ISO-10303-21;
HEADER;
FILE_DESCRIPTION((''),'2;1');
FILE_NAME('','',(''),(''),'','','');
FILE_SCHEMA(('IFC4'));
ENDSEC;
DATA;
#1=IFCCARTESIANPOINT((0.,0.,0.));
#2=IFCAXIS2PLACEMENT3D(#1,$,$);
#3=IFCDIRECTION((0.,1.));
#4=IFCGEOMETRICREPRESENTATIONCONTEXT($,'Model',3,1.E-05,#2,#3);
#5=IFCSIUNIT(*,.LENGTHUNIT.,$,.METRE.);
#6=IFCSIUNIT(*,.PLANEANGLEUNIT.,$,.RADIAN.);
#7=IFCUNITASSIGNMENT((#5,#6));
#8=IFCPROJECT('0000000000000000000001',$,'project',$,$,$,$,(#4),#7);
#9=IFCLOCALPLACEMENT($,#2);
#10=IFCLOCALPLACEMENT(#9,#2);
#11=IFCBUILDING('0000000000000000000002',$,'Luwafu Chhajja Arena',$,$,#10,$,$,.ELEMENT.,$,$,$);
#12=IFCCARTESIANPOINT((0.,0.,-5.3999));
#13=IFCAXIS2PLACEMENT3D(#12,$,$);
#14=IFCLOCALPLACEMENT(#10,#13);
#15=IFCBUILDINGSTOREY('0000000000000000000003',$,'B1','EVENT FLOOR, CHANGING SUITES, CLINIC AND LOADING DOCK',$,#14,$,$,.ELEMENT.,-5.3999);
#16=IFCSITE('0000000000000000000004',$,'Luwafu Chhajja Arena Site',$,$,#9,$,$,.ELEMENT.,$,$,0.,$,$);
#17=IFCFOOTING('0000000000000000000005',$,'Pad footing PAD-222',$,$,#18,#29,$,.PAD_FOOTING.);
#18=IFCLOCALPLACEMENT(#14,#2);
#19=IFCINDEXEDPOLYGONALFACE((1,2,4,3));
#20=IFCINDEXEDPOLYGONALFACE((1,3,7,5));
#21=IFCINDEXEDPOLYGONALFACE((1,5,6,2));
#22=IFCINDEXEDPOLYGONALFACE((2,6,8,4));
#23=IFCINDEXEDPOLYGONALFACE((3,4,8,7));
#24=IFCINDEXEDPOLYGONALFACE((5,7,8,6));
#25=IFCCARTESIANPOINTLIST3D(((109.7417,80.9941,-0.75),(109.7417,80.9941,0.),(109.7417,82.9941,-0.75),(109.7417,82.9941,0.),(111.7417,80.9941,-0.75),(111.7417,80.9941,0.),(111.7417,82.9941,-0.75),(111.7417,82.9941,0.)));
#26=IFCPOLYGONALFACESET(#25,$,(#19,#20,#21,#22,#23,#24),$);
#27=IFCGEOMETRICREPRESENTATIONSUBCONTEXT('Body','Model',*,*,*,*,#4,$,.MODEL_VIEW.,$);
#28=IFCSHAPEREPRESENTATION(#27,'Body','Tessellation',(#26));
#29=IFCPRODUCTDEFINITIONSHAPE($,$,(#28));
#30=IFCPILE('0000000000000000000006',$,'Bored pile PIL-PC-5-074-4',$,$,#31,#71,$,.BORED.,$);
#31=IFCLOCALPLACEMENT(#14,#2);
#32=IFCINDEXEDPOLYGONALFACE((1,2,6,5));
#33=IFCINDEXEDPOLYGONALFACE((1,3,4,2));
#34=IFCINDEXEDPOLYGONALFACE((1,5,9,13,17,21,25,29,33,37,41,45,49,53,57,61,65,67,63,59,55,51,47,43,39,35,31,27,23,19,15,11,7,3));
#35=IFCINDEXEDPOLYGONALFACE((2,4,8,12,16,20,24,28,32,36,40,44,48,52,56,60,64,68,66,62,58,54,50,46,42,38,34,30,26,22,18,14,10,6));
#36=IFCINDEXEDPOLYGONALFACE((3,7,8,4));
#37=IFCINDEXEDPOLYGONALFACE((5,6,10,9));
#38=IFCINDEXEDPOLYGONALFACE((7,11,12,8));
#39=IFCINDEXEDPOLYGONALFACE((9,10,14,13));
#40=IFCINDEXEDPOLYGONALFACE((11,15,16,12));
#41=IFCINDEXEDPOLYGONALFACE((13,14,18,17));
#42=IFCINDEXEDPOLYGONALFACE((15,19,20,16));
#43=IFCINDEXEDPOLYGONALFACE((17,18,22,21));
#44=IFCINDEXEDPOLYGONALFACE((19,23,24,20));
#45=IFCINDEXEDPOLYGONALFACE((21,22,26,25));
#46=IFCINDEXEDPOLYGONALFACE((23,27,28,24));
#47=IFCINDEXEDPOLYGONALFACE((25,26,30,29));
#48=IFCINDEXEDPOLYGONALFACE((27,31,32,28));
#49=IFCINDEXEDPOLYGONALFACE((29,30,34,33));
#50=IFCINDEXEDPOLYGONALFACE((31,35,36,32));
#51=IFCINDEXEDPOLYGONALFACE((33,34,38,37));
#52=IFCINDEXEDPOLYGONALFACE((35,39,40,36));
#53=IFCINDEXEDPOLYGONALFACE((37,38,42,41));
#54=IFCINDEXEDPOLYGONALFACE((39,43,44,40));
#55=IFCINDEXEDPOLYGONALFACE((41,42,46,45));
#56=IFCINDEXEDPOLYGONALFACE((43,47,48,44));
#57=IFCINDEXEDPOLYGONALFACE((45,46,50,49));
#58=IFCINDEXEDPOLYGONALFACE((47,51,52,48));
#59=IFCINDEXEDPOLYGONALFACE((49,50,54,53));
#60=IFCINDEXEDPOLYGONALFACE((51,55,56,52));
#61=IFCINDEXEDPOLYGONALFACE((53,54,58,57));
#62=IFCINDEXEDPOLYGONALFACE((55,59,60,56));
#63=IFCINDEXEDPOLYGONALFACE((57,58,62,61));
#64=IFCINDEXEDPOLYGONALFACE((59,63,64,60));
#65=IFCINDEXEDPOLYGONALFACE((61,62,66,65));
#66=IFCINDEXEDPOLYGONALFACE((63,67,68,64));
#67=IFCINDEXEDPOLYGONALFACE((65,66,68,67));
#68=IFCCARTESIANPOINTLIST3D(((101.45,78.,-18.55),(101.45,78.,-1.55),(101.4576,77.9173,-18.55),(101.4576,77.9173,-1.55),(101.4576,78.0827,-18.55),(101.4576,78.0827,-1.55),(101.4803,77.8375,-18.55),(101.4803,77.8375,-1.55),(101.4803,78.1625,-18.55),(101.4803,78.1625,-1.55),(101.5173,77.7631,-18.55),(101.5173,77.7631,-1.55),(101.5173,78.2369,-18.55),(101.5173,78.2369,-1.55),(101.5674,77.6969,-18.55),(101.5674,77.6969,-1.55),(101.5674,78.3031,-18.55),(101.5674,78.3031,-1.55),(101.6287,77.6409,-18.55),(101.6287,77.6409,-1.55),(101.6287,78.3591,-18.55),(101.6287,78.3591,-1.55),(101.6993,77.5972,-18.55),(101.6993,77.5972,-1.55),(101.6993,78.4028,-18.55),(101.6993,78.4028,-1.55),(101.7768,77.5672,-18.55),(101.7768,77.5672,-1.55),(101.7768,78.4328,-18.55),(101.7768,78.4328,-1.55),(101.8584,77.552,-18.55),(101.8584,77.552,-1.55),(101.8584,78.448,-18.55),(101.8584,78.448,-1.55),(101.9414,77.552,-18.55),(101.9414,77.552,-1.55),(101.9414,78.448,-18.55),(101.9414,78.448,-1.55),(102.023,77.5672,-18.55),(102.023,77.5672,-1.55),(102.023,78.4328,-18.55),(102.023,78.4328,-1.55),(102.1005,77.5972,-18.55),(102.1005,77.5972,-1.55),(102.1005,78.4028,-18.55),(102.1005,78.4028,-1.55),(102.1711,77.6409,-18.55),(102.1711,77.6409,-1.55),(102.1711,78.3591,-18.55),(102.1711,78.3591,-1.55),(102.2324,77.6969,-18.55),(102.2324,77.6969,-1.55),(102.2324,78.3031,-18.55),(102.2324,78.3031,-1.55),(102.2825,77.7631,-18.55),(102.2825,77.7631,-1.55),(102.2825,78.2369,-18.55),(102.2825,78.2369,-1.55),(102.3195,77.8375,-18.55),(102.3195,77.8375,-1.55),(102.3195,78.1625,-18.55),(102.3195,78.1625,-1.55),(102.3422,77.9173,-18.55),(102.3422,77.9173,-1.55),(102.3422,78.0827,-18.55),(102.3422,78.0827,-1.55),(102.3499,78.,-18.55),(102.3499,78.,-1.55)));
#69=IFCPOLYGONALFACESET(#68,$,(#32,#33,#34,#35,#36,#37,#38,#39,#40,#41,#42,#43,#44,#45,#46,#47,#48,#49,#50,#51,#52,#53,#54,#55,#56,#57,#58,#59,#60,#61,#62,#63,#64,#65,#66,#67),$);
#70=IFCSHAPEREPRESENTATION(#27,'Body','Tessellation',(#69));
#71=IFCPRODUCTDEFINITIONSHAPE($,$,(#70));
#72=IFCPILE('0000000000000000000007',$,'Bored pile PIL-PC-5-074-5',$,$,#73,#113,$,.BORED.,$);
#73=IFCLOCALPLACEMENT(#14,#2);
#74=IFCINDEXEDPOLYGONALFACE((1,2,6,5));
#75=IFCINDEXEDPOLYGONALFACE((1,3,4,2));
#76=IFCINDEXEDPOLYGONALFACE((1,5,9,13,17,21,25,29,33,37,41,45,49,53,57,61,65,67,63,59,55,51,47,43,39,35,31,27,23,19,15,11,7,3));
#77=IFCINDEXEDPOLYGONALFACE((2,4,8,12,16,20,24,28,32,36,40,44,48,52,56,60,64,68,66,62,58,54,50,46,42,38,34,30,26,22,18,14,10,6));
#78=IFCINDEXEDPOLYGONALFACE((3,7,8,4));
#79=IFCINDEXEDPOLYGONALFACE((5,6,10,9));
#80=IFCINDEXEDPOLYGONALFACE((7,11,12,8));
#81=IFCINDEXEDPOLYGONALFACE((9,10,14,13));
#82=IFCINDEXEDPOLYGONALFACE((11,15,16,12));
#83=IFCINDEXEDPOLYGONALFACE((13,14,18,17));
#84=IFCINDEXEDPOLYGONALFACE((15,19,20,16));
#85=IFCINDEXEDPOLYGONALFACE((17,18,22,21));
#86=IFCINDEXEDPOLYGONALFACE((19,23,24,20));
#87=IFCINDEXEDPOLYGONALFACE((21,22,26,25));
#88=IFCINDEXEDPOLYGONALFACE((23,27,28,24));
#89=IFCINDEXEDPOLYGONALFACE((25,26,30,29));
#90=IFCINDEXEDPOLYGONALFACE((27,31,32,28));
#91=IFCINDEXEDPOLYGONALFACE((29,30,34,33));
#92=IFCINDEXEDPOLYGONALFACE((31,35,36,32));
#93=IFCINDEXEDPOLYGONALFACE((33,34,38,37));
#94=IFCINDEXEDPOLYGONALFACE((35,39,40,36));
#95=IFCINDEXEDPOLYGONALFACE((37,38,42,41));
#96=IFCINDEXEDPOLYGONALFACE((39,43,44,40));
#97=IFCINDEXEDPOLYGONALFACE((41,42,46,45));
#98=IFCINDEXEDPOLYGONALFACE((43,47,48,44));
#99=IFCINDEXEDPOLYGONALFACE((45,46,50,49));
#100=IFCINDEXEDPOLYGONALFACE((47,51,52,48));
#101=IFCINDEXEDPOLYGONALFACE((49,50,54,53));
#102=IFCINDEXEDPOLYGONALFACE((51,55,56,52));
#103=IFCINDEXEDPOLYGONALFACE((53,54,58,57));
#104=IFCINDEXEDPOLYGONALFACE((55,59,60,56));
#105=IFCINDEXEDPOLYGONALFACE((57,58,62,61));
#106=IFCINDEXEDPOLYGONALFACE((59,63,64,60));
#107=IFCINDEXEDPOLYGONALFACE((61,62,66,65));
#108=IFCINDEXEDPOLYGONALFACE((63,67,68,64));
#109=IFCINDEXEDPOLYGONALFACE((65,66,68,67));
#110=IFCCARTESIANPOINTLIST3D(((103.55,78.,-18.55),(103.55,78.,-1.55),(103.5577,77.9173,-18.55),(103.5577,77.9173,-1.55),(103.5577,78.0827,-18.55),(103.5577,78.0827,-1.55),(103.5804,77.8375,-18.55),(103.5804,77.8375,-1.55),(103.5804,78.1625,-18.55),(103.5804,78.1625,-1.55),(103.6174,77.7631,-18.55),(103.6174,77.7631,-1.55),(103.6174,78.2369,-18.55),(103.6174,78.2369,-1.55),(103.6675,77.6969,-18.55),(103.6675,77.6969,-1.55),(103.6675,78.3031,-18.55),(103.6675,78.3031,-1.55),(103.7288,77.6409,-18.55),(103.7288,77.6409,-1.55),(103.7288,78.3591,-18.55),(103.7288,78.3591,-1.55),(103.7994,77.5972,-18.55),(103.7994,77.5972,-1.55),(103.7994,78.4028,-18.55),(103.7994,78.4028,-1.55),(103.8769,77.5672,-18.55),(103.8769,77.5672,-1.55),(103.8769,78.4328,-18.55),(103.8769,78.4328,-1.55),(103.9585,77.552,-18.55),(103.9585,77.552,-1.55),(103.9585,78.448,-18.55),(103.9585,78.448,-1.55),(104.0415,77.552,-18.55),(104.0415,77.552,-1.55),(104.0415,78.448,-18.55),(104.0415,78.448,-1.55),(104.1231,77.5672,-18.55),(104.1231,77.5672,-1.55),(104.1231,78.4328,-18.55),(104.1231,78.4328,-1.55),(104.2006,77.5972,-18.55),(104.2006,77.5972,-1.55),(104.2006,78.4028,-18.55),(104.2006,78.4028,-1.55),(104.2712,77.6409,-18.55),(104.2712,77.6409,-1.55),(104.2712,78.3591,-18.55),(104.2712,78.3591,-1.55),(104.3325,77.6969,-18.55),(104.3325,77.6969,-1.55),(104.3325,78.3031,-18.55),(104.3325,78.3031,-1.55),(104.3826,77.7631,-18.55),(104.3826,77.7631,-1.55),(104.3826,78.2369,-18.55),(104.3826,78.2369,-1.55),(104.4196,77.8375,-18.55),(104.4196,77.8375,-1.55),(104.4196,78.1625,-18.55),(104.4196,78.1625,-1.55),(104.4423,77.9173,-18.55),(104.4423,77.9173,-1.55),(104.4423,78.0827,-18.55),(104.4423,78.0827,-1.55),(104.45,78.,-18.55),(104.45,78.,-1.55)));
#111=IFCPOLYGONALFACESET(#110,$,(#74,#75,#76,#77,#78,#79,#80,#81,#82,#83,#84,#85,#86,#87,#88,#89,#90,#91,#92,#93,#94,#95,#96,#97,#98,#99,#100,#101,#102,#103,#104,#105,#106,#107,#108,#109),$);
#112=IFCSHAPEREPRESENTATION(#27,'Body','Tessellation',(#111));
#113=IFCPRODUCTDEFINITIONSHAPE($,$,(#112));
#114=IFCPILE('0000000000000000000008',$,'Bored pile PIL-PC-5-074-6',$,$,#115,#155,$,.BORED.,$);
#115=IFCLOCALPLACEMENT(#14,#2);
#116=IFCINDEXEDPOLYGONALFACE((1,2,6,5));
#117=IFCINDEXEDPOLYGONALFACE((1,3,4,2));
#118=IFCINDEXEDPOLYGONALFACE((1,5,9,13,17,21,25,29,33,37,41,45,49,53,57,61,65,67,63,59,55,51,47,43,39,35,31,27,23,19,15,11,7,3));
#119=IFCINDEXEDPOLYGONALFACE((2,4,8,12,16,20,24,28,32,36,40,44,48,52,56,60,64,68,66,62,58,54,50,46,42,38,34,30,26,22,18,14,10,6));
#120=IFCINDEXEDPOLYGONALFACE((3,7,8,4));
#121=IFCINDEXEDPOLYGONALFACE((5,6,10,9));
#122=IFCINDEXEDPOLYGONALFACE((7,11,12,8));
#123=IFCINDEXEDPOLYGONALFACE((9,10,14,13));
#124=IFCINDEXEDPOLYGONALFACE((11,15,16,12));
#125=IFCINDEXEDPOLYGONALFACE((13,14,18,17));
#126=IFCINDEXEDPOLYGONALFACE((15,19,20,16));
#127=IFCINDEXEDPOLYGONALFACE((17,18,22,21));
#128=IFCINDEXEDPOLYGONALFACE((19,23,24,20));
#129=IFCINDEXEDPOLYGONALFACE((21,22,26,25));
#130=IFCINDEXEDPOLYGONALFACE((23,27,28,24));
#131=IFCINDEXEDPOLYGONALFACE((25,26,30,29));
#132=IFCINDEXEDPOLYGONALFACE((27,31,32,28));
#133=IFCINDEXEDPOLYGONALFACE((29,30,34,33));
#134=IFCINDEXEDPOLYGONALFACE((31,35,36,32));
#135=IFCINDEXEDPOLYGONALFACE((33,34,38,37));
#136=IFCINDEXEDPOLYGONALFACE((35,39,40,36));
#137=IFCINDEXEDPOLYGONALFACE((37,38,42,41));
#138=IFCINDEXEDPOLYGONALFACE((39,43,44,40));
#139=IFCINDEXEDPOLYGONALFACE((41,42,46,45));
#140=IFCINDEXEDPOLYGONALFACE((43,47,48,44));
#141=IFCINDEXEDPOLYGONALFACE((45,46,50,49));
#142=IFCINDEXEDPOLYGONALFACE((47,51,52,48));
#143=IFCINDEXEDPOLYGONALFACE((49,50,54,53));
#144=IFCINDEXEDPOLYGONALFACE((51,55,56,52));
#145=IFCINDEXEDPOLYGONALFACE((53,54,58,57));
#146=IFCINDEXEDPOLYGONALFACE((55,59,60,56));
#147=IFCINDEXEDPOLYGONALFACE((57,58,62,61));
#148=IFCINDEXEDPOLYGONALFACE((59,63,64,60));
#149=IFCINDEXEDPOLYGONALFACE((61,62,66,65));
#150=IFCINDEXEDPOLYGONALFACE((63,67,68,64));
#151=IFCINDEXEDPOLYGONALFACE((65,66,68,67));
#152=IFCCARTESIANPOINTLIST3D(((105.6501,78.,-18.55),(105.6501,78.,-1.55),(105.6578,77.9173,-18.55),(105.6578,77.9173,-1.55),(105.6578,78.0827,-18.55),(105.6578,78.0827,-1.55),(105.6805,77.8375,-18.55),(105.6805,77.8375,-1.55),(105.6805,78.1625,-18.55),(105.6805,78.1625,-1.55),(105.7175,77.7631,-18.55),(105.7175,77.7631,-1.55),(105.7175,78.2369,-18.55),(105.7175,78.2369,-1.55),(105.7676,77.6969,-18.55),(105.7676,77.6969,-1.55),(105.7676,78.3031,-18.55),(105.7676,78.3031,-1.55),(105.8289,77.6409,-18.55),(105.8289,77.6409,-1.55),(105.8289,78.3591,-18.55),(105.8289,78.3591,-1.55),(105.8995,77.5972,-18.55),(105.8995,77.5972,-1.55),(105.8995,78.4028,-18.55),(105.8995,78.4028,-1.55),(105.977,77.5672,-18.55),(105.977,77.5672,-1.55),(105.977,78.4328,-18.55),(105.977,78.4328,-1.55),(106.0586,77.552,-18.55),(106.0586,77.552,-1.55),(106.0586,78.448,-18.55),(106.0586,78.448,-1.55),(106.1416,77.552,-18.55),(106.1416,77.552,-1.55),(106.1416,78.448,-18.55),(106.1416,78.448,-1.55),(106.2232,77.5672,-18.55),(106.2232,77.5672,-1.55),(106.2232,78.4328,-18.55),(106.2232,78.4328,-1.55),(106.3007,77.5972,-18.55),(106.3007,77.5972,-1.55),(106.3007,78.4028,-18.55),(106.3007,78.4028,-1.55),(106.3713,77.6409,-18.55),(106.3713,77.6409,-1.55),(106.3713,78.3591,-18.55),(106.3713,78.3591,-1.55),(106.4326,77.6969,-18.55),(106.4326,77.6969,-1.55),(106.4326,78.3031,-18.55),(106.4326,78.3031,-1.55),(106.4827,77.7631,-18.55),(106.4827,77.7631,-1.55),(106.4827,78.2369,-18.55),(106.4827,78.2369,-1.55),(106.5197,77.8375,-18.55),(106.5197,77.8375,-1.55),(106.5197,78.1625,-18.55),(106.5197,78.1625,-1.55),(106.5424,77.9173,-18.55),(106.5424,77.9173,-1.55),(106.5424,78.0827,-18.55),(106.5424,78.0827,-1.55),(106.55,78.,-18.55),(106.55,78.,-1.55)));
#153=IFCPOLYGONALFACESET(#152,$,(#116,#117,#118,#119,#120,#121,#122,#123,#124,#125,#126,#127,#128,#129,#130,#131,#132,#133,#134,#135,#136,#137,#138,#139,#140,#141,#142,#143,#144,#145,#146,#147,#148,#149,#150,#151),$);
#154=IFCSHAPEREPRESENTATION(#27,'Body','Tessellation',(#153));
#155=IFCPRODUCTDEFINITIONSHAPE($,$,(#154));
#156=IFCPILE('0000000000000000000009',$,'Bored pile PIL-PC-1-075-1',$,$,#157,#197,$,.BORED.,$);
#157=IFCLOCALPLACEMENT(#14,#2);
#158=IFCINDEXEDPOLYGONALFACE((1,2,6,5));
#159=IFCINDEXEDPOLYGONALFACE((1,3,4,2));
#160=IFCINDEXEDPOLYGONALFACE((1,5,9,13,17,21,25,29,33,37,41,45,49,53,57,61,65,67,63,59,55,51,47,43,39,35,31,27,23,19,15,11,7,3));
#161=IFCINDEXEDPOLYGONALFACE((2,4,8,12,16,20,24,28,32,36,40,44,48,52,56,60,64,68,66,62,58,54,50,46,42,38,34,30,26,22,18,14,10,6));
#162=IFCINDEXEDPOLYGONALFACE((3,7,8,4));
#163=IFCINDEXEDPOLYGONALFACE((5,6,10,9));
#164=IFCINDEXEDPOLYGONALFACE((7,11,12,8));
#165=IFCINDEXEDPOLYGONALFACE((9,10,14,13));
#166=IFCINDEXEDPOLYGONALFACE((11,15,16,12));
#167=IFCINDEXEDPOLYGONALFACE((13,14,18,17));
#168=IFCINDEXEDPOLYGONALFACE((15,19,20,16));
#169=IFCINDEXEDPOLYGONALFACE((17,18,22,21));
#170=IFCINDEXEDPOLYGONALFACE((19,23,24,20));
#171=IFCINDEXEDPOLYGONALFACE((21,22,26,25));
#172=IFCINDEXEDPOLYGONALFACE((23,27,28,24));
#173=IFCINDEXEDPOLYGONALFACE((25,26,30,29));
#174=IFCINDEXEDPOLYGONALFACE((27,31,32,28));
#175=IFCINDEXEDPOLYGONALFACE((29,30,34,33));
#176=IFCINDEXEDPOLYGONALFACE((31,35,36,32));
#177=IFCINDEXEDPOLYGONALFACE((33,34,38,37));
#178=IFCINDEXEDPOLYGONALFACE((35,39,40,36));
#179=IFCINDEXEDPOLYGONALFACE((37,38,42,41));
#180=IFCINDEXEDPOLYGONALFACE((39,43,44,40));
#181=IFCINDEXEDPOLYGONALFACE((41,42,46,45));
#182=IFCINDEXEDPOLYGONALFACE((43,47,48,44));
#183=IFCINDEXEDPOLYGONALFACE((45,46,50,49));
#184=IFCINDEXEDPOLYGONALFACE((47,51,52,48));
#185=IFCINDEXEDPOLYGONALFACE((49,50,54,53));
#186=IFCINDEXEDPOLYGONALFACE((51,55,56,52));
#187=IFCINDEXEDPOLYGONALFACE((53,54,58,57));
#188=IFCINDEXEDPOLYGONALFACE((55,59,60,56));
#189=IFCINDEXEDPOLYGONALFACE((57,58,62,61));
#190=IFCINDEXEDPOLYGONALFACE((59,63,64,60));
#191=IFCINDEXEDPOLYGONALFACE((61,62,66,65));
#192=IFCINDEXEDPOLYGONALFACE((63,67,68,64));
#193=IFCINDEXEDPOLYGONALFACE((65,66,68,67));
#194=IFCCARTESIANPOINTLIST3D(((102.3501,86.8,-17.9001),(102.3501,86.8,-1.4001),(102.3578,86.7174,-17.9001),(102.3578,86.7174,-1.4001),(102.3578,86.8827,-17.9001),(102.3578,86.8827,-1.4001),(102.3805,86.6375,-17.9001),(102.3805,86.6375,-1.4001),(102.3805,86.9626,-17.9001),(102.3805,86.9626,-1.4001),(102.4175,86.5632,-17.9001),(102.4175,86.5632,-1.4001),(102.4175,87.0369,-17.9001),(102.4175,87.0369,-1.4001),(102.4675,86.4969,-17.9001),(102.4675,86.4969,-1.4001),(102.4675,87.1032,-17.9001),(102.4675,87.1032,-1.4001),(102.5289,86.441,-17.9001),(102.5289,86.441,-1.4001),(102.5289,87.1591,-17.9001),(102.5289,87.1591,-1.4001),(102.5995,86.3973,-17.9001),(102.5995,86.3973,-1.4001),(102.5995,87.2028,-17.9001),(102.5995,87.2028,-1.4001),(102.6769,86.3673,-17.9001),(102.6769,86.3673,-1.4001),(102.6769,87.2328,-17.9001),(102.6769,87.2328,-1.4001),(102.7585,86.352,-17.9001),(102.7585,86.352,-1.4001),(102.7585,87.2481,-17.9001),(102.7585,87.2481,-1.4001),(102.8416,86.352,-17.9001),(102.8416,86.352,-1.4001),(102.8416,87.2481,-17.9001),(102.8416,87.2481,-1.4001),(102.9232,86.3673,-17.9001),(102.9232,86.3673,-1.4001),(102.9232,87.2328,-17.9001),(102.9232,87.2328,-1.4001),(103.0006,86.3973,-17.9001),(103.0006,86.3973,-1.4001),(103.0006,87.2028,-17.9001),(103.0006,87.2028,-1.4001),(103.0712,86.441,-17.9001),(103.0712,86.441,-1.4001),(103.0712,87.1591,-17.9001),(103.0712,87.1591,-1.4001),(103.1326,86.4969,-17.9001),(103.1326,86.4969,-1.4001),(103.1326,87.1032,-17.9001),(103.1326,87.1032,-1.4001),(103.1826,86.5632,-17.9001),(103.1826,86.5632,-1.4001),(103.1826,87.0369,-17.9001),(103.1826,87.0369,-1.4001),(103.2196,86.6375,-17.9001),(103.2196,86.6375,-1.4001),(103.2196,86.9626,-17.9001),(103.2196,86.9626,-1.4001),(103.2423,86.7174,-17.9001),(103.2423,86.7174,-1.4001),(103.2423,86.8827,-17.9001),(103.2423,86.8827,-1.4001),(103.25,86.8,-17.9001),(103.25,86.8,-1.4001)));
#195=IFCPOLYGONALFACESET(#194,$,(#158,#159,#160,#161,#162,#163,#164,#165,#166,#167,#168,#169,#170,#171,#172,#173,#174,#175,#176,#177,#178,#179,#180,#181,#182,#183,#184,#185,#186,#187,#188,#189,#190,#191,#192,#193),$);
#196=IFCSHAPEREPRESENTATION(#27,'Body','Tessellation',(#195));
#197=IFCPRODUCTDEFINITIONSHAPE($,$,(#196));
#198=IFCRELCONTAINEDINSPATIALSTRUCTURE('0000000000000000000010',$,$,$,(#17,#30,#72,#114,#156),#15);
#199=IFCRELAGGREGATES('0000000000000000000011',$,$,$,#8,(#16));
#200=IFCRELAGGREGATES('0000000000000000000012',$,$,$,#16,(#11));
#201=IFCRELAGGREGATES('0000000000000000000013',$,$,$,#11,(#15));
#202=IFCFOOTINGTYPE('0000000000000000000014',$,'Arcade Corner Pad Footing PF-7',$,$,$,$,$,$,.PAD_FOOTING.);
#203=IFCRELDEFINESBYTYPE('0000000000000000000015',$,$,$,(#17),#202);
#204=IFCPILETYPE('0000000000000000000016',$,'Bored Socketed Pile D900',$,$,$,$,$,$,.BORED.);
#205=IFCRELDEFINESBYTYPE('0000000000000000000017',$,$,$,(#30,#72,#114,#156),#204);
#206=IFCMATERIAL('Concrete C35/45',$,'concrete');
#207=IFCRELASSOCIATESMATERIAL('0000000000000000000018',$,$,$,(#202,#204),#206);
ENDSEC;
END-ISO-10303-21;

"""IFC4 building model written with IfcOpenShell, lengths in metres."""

from ifc_helpers import new_model, si_unit, direction, frame, origin, origin_2d, place, context, subcontext, project, spatial, rectangle, circle, extrude, material, material_profile, profile_set, type_object, element, save


model = new_model("IFC4")

# Units and contexts
model_context = context("Model", 3, precision=1e-05, world=origin(), true_north=direction((0.0, 1.0)))
body_context = subcontext(model_context, "Body", "Model", "MODEL_VIEW")
ifc_project = project(units=[si_unit("LENGTHUNIT", "METRE"), si_unit("PLANEANGLEUNIT", "RADIAN")], contexts=[model_context])

# Site, building, storey
site_placement = place(None, origin())
site = spatial("IfcSite", under=ifc_project, at=site_placement, Name="Luwafu Chhajja Arena Site", CompositionType="ELEMENT", RefElevation=0.0)
building_placement = place(site_placement, origin())
building = spatial("IfcBuilding", under=site, at=building_placement, Name="Luwafu Chhajja Arena", CompositionType="ELEMENT")
storey_placement = place(building_placement, frame((0.0, 0.0, -5.3999)))
storey = spatial("IfcBuildingStorey", under=building, at=storey_placement, Name="B1", Description="EVENT FLOOR, CHANGING SUITES, CLINIC AND LOADING DOCK", CompositionType="ELEMENT", Elevation=-5.3999)

# Footing
ifc_material_1 = material(Name="Concrete C35/45", Category="concrete")
footing_type_1 = type_object("IfcFootingType", Name="Arcade Corner Pad Footing PF-7", PredefinedType="PAD_FOOTING", material=ifc_material_1)
footing_1_placement = place(storey_placement, frame((110.7417, 81.9941, -0.75), z_axis=(0.0, 0.0, 1.0), x_axis=(1.0, 0.0, 0.0)))
element("IfcFooting", 1, at=footing_1_placement, inside=storey, type_object=footing_type_1, Name="Pad footing PAD-222", PredefinedType="PAD_FOOTING", context=body_context, shape_type="SweptSolid", body=[
    extrude(rectangle(XDim=2.0, YDim=2.0, at=origin_2d()), origin(), (0.0, 0.0, 1.0), 0.75),
])

# Piles
ifc_material_profile_1 = material_profile(ifc_material_1, circle(Radius=0.45, at=origin_2d()), Name="PILE D900")
ifc_profile_set_1 = profile_set([ifc_material_profile_1], Name="Concrete C35/45")
pile_type = type_object("IfcPileType", Name="Bored Socketed Pile D900", PredefinedType="BORED", material=ifc_profile_set_1)
for number, where, z_axis, x_axis, name in (
    (2, (101.8999, 78.0, -1.55), (0.0, 0.0, -1.0), (1.0, 0.0, 0.0), "Bored pile PIL-PC-5-074-4"),
    (3, (104.0, 78.0, -1.55), (0.0, 0.0, -1.0), (1.0, 0.0, 0.0), "Bored pile PIL-PC-5-074-5"),
    (4, (106.1001, 78.0, -1.55), (0.0, 0.0, -1.0), (1.0, 0.0, 0.0), "Bored pile PIL-PC-5-074-6"),
):
    element("IfcPile", number, at=place(storey_placement, frame(where, z_axis=z_axis, x_axis=x_axis)), inside=storey, type_object=pile_type, Name=name, PredefinedType="BORED", context=body_context, shape_type="SweptSolid", body=[
        extrude(circle(Radius=0.45, at=origin_2d()), origin(), (0.0, 0.0, 1.0), 17.0),
    ])
for number, where, z_axis, x_axis, name in (
    (5, (102.8, 86.8, -1.4001), (0.0, 0.0, -1.0), (1.0, 0.0, 0.0), "Bored pile PIL-PC-1-075-1"),
):
    element("IfcPile", number, at=place(storey_placement, frame(where, z_axis=z_axis, x_axis=x_axis)), inside=storey, type_object=pile_type, Name=name, PredefinedType="BORED", context=body_context, shape_type="SweptSolid", body=[
        extrude(circle(Radius=0.45, at=origin_2d()), origin(), (0.0, 0.0, 1.0), 16.5),
    ])

save(model, "model.ifc")
